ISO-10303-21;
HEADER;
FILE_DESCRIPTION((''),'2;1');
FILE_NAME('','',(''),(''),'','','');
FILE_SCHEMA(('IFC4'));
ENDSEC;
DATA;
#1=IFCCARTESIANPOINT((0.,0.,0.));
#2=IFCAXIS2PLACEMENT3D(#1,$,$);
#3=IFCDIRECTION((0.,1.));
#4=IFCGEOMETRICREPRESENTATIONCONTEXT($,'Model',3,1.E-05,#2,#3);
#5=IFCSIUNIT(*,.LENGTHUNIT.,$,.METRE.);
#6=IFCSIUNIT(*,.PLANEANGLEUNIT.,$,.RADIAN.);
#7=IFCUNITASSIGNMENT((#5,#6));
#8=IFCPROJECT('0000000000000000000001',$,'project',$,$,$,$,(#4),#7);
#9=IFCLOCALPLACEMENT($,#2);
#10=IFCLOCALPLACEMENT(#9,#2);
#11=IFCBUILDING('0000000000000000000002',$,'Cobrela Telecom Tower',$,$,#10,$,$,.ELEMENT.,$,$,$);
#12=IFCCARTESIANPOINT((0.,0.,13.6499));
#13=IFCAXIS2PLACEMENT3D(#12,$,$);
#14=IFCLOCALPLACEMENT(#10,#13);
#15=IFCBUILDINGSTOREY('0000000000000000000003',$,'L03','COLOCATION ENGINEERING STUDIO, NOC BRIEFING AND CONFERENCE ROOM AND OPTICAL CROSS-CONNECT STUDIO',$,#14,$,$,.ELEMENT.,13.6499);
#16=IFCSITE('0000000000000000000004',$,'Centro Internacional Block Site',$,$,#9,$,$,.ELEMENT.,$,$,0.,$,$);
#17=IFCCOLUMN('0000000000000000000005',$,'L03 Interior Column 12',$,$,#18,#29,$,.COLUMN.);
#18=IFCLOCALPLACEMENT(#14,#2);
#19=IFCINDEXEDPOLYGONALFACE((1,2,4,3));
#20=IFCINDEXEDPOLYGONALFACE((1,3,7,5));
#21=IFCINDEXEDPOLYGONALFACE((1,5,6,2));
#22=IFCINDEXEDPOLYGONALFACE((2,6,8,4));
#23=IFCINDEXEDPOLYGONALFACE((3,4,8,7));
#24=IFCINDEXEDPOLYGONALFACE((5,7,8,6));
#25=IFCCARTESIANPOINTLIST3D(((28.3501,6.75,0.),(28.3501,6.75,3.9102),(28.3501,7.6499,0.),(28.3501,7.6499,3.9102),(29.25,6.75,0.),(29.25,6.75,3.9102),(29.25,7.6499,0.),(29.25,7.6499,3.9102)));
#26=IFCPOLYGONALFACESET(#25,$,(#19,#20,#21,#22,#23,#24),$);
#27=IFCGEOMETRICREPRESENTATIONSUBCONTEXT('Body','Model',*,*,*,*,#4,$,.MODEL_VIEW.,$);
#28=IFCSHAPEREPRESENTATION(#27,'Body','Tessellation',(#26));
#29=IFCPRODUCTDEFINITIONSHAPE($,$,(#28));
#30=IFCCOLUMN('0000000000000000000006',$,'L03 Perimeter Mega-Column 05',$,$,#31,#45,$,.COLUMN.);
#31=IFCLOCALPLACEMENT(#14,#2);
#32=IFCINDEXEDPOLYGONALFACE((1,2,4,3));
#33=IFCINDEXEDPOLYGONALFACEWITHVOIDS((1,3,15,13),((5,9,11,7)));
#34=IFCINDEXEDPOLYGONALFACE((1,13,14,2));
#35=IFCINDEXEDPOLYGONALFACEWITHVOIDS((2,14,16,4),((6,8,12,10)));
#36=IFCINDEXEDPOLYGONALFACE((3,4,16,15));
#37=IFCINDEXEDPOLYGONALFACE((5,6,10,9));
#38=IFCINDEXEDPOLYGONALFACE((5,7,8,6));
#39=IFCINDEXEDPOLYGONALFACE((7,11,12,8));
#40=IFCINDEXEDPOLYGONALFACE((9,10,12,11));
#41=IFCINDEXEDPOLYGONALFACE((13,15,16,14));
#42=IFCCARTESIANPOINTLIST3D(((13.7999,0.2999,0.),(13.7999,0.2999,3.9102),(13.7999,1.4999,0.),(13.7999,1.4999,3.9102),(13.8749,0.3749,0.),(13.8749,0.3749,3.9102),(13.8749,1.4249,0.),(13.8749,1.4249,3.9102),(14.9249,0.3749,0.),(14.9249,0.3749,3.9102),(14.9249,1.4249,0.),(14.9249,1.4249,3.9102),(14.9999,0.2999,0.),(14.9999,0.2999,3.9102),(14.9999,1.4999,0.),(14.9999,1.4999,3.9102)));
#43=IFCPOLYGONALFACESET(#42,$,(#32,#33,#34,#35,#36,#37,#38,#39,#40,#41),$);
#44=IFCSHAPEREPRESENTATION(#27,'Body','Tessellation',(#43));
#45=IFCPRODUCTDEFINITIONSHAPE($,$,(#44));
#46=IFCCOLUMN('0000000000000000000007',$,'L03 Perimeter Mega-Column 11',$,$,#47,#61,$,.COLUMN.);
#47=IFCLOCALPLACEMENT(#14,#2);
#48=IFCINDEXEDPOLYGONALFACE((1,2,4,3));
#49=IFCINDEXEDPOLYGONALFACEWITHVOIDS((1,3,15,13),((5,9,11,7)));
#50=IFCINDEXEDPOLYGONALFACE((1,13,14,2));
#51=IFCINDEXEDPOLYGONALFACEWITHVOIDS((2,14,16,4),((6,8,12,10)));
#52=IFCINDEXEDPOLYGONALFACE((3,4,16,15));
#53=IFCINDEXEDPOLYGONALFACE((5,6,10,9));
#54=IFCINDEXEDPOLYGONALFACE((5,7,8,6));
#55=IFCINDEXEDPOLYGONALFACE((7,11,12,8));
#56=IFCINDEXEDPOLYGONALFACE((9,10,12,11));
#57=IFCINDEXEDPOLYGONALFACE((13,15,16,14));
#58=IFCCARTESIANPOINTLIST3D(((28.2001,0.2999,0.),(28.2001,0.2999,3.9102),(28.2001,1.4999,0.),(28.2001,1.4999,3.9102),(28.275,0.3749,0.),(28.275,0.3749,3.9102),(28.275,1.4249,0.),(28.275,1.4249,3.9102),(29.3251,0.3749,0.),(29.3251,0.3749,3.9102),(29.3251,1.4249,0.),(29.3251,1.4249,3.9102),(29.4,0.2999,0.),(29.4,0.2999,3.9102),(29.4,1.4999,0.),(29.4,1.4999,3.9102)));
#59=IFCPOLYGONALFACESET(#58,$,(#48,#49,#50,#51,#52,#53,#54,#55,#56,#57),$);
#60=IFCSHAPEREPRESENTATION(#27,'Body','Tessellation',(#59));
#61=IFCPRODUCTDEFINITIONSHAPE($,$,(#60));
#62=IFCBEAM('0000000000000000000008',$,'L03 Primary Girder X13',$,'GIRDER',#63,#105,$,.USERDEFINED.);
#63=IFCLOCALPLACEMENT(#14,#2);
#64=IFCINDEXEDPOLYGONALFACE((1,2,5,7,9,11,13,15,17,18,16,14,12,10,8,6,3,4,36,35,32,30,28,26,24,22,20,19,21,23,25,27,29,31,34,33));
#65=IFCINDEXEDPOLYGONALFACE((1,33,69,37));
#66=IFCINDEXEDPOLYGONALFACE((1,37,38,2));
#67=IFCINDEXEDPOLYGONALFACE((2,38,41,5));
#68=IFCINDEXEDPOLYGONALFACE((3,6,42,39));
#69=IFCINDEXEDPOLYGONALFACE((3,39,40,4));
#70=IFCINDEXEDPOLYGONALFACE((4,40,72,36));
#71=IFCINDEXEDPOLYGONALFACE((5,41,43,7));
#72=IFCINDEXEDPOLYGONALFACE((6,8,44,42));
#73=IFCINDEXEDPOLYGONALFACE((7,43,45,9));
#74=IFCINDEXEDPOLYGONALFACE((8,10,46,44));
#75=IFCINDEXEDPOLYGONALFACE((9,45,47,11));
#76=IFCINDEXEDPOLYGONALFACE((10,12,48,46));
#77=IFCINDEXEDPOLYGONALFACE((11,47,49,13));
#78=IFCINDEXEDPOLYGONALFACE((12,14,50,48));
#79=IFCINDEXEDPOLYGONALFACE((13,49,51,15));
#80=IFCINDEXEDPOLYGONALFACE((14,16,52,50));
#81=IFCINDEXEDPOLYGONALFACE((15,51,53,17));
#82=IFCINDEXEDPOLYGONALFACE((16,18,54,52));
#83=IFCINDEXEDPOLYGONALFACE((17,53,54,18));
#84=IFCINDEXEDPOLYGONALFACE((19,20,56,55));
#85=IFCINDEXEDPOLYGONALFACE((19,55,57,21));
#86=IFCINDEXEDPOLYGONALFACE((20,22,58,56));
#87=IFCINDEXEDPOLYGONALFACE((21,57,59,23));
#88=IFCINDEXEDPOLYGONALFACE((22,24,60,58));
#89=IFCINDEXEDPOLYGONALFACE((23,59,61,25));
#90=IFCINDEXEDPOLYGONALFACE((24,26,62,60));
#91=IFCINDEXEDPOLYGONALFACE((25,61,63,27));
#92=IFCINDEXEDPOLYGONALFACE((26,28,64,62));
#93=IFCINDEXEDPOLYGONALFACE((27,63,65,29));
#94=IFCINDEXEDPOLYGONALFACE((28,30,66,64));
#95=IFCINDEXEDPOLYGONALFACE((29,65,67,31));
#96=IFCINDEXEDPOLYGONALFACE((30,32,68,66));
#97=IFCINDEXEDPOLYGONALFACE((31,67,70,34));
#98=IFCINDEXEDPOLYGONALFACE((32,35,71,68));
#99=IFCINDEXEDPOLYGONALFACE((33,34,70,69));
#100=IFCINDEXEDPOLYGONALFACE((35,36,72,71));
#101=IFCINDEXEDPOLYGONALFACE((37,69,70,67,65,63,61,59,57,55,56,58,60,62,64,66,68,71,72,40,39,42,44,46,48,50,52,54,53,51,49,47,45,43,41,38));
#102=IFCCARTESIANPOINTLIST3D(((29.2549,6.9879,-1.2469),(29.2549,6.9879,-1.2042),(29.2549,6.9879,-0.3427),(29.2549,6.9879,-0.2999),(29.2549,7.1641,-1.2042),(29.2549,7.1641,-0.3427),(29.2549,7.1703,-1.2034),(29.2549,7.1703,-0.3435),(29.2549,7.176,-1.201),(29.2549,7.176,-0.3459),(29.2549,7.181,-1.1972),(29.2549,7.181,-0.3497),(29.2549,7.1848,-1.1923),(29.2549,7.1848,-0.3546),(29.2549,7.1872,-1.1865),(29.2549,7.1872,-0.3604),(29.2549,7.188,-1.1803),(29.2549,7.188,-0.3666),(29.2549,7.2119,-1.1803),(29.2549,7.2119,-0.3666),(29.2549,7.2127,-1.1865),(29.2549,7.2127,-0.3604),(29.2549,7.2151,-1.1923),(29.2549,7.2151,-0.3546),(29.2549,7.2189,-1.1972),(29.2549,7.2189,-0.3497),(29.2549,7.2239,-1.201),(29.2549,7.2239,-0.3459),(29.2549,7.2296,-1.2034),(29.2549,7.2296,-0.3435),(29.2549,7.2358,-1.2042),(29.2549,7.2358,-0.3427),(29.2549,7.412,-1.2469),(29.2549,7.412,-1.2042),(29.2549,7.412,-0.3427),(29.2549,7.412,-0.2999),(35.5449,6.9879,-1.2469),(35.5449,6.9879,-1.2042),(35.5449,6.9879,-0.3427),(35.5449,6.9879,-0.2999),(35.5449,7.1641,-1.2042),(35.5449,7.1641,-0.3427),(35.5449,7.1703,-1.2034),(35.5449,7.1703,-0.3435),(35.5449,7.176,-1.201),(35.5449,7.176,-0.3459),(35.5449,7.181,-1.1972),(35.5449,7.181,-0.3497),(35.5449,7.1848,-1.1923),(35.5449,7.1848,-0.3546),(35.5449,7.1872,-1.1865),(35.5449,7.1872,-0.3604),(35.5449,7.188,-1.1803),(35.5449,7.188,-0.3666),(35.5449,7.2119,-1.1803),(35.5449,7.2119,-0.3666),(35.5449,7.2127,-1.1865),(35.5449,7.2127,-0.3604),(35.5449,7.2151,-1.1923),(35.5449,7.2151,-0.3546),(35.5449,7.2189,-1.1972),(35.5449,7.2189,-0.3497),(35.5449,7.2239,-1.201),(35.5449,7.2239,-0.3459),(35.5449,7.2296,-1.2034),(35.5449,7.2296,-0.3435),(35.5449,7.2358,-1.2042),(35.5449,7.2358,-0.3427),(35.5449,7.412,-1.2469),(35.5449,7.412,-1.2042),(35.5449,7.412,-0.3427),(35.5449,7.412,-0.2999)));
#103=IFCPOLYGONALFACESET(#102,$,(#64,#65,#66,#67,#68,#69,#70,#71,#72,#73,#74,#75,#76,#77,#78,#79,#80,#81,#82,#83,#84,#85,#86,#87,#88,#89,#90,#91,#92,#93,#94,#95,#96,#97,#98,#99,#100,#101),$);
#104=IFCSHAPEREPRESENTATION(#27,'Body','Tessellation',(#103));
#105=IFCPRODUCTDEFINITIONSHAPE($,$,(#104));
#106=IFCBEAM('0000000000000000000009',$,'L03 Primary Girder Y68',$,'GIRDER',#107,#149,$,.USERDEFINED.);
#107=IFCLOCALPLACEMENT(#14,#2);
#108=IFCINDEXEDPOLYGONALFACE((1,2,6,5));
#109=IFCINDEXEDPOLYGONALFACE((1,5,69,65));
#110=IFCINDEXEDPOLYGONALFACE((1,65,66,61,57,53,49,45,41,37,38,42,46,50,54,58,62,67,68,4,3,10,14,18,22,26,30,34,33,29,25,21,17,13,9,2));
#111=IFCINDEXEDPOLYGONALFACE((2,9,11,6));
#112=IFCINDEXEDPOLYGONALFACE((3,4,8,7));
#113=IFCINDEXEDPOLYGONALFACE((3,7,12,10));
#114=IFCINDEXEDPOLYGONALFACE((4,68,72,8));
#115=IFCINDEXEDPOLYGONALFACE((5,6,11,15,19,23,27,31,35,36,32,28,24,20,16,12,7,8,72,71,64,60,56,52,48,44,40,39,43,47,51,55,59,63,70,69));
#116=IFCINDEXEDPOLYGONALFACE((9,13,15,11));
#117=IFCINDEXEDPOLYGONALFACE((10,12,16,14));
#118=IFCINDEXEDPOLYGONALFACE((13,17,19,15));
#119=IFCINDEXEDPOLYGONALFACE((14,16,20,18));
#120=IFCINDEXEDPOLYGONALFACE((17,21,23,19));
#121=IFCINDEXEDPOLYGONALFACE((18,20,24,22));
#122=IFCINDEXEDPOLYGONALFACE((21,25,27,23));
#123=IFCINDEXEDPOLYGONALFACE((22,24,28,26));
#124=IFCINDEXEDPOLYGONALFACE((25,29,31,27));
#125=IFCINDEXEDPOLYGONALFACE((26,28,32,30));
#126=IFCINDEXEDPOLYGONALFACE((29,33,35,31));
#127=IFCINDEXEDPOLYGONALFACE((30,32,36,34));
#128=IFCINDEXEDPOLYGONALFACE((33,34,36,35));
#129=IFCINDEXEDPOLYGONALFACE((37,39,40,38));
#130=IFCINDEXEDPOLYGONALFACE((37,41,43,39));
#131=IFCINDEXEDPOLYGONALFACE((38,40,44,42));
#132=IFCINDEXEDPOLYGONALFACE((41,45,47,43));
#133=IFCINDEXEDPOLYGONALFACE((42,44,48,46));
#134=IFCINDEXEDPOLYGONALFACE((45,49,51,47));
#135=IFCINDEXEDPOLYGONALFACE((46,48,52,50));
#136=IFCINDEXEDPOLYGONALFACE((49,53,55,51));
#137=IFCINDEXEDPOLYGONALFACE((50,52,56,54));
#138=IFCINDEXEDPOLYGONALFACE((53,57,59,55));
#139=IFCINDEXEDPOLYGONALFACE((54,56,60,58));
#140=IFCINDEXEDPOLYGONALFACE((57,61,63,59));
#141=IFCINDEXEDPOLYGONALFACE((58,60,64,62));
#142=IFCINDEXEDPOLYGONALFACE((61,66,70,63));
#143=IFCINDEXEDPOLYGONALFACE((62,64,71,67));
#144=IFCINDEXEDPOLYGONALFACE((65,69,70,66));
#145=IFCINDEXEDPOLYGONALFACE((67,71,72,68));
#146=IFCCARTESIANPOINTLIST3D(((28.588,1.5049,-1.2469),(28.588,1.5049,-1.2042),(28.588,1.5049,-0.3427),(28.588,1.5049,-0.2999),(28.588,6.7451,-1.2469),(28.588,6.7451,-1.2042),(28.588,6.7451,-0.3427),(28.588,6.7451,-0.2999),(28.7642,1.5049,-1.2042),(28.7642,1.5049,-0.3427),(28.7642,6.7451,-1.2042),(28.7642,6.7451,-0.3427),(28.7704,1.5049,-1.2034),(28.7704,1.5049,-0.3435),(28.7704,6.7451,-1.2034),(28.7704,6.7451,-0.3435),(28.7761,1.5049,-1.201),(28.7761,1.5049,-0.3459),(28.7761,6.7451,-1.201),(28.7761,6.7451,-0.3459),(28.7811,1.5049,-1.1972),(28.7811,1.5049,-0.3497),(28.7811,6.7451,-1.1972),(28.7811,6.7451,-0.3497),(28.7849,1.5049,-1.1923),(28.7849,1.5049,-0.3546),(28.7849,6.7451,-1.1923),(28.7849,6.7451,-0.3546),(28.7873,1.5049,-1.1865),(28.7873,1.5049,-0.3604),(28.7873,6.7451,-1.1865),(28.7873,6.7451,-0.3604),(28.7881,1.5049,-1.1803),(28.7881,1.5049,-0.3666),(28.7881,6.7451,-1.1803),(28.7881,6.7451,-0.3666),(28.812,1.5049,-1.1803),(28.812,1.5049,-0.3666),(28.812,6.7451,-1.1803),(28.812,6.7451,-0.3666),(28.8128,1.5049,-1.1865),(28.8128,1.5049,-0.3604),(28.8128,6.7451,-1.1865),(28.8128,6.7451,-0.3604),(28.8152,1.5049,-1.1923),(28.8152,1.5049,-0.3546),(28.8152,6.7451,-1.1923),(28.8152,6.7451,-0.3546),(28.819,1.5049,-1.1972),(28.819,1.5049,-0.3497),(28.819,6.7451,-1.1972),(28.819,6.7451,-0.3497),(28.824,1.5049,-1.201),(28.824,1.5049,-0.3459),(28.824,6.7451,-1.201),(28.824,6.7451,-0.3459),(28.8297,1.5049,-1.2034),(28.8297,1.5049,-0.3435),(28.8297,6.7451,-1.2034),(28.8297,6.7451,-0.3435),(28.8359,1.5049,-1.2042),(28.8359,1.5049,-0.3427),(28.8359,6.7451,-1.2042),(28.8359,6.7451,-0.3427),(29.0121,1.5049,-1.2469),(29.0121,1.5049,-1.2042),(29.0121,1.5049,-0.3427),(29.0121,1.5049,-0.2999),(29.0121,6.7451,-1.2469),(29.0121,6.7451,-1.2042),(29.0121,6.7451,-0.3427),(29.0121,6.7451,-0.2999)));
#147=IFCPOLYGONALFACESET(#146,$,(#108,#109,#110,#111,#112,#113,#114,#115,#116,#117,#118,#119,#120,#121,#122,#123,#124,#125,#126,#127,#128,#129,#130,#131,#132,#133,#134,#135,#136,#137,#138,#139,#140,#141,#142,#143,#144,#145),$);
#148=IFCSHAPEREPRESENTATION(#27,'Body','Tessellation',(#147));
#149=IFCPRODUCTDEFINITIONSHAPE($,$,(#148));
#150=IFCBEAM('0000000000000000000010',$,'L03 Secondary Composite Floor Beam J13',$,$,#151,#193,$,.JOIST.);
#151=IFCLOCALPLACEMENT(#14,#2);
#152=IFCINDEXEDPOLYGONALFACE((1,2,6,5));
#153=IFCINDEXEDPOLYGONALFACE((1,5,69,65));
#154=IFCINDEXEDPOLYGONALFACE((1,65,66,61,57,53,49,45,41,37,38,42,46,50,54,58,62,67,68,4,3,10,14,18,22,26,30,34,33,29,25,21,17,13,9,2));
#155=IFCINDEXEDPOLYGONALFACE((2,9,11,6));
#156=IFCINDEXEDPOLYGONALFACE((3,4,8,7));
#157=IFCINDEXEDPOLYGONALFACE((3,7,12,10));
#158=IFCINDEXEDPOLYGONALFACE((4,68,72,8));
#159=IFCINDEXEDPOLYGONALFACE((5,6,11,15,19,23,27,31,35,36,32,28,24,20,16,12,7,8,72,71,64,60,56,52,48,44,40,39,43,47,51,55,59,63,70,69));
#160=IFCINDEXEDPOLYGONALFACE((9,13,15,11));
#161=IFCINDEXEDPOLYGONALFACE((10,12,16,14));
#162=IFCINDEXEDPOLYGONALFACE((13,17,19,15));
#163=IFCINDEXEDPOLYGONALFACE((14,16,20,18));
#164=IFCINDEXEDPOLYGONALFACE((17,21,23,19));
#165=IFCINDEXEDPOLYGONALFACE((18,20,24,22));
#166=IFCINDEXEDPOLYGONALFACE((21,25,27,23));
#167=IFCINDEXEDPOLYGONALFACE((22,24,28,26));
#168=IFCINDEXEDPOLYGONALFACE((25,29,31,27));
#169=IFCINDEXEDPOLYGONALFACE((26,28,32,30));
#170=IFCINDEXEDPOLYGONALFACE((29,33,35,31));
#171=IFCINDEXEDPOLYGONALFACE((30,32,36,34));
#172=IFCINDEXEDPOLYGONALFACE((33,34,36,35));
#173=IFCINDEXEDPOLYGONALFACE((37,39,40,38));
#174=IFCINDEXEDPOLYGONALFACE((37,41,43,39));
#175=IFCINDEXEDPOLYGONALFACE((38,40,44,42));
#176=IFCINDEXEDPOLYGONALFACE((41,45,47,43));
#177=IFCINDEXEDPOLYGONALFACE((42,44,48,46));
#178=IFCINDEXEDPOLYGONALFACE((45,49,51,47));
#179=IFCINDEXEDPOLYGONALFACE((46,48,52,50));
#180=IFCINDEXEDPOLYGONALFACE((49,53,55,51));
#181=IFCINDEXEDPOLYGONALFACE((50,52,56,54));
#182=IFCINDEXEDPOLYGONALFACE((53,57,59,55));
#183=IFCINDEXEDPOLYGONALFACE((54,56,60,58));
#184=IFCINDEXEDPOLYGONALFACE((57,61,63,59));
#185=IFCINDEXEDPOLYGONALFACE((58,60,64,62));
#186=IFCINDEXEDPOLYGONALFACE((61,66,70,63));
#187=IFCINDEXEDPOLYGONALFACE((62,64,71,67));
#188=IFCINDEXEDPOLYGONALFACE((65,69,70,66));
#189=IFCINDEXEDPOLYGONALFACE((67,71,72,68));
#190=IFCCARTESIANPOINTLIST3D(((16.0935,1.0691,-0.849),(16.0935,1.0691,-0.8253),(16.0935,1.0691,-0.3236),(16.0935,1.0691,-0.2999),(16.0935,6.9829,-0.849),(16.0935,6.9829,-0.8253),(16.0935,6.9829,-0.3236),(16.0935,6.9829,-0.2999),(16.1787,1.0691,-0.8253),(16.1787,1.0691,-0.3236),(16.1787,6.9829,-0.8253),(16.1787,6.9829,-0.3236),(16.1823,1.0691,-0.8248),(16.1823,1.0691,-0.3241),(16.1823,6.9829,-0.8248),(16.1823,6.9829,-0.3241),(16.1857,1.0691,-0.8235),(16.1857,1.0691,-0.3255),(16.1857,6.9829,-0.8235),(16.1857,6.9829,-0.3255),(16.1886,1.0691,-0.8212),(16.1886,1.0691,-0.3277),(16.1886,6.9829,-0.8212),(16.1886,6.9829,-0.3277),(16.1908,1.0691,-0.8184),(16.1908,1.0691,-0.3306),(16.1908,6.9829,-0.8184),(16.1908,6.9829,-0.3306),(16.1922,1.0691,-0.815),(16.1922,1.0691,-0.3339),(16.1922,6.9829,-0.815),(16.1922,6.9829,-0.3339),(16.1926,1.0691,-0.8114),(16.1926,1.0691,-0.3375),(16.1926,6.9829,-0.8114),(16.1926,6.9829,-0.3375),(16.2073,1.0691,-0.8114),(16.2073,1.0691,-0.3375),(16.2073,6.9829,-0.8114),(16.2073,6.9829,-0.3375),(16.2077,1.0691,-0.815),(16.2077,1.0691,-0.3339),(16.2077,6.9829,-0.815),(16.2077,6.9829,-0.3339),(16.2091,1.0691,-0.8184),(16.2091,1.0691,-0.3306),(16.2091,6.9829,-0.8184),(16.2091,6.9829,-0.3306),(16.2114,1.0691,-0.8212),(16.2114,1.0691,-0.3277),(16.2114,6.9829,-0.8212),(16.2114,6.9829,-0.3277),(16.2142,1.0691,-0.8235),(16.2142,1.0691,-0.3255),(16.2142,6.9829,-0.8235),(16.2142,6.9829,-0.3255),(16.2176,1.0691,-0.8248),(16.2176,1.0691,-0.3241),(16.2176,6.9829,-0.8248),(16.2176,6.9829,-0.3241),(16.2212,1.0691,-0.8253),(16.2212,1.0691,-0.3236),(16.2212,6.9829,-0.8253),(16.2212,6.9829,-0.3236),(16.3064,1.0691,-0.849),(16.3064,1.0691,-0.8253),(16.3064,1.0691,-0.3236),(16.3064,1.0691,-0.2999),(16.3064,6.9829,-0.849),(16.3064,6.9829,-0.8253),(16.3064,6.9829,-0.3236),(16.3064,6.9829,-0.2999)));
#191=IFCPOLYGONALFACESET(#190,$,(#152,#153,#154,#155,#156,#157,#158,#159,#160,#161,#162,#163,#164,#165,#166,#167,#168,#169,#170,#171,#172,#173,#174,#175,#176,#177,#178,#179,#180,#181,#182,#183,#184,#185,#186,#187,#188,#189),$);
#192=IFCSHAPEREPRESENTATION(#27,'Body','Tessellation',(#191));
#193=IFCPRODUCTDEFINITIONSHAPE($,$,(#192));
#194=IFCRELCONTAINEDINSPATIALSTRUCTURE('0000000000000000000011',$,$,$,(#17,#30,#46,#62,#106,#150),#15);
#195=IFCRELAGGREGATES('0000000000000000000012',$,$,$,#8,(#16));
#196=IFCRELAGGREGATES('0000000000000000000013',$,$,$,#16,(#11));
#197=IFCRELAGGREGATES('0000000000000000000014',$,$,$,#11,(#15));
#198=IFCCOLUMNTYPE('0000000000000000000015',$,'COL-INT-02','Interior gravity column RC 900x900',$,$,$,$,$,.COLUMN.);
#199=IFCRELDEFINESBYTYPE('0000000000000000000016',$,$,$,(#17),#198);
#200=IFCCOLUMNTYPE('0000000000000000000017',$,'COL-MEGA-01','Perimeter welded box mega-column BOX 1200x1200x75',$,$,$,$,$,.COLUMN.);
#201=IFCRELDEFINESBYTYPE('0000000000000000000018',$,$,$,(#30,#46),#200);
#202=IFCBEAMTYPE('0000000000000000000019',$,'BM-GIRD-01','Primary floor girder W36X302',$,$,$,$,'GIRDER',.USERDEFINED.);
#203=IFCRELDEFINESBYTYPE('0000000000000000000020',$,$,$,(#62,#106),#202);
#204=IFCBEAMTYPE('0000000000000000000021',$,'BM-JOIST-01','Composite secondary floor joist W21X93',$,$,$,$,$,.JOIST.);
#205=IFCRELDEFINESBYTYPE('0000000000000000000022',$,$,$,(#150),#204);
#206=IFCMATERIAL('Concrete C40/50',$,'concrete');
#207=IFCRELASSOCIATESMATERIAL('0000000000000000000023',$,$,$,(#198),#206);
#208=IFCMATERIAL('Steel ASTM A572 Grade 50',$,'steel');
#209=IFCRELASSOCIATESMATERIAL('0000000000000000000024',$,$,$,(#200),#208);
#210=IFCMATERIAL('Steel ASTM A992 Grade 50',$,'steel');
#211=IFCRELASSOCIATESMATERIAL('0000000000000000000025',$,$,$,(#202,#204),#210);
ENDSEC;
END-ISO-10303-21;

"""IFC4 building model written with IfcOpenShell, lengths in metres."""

from ifc_helpers import new_model, si_unit, direction, frame, origin, origin_2d, place, context, subcontext, project, spatial, rectangle, hollow_rectangle, i_section, extrude, material, material_profile, profile_set, type_object, element, save


model = new_model("IFC4")

# Units and contexts
model_context = context("Model", 3, precision=1e-05, world=origin(), true_north=direction((0.0, 1.0)))
body_context = subcontext(model_context, "Body", "Model", "MODEL_VIEW")
ifc_project = project(units=[si_unit("LENGTHUNIT", "METRE"), si_unit("PLANEANGLEUNIT", "RADIAN")], contexts=[model_context])

# Site, building, storey
site_placement = place(None, origin())
site = spatial("IfcSite", under=ifc_project, at=site_placement, Name="Centro Internacional Block Site", CompositionType="ELEMENT", RefElevation=0.0)
building_placement = place(site_placement, origin())
building = spatial("IfcBuilding", under=site, at=building_placement, Name="Cobrela Telecom Tower", CompositionType="ELEMENT")
storey_placement = place(building_placement, frame((0.0, 0.0, 13.6499)))
storey = spatial("IfcBuildingStorey", under=building, at=storey_placement, Name="L03", Description="COLOCATION ENGINEERING STUDIO, NOC BRIEFING AND CONFERENCE ROOM AND OPTICAL CROSS-CONNECT STUDIO", CompositionType="ELEMENT", Elevation=13.6499)

# Columns
ifc_material_1 = material(Name="Concrete C40/50", Category="concrete")
ifc_material_profile_1 = material_profile(ifc_material_1, rectangle(XDim=0.8999, YDim=0.8999, at=origin_2d()), Name="RC 900x900")
ifc_profile_set_1 = profile_set([ifc_material_profile_1], Name="Concrete C40/50")
column_type_1 = type_object("IfcColumnType", Name="COL-INT-02", Description="Interior gravity column RC 900x900", PredefinedType="COLUMN", material=ifc_profile_set_1)
column_placement = place(storey_placement, frame((28.8, 7.2, 0.0), z_axis=(0.0, 0.0, 1.0), x_axis=(1.0, 0.0, 0.0)))
element("IfcColumn", 1, at=column_placement, inside=storey, type_object=column_type_1, Name="L03 Interior Column 12", PredefinedType="COLUMN", context=body_context, shape_type="SweptSolid", body=[
    extrude(rectangle(XDim=0.8999, YDim=0.8999, at=origin_2d()), origin(), (0.0, 0.0, 1.0), 3.9102),
])
ifc_material_2 = material(Name="Steel ASTM A572 Grade 50", Category="steel")
ifc_material_profile_2 = material_profile(ifc_material_2, hollow_rectangle(XDim=1.2, YDim=1.2, WallThickness=0.075, at=origin_2d()), Name="BOX 1200x1200x75")
ifc_profile_set_2 = profile_set([ifc_material_profile_2], Name="Steel ASTM A572 Grade 50")
column_type_2 = type_object("IfcColumnType", Name="COL-MEGA-01", Description="Perimeter welded box mega-column BOX 1200x1200x75", PredefinedType="COLUMN", material=ifc_profile_set_2)
for number, where, z_axis, x_axis, name in (
    (2, (14.3999, 0.8999, 0.0), (0.0, 0.0, 1.0), (1.0, 0.0, 0.0), "L03 Perimeter Mega-Column 05"),
    (3, (28.8, 0.8999, 0.0), (0.0, 0.0, 1.0), (1.0, 0.0, 0.0), "L03 Perimeter Mega-Column 11"),
):
    element("IfcColumn", number, at=place(storey_placement, frame(where, z_axis=z_axis, x_axis=x_axis)), inside=storey, type_object=column_type_2, Name=name, PredefinedType="COLUMN", context=body_context, shape_type="SweptSolid", body=[
        extrude(hollow_rectangle(XDim=1.2, YDim=1.2, WallThickness=0.075, at=origin_2d()), origin(), (0.0, 0.0, 1.0), 3.9102),
    ])

# Beams
ifc_material_3 = material(Name="Steel ASTM A992 Grade 50", Category="steel")
ifc_material_profile_3 = material_profile(ifc_material_3, i_section(OverallWidth=0.4241, OverallDepth=0.947, WebThickness=0.0239, FlangeThickness=0.0427, FilletRadius=0.0239, at=origin_2d()), Name="W36X302")
ifc_profile_set_3 = profile_set([ifc_material_profile_3], Name="Steel ASTM A992 Grade 50")
beam_type_1 = type_object("IfcBeamType", Name="BM-GIRD-01", Description="Primary floor girder W36X302", ElementType="GIRDER", PredefinedType="USERDEFINED", material=ifc_profile_set_3)
beam_1_placement = place(storey_placement, frame((29.2549, 7.2, -0.7734), z_axis=(1.0, 0.0, 0.0), x_axis=(0.0, 1.0, 0.0)))
element("IfcBeam", 4, at=beam_1_placement, inside=storey, type_object=beam_type_1, Name="L03 Primary Girder X13", ObjectType="GIRDER", PredefinedType="USERDEFINED", context=body_context, shape_type="SweptSolid", body=[
    extrude(i_section(OverallWidth=0.4241, OverallDepth=0.947, WebThickness=0.0239, FlangeThickness=0.0427, FilletRadius=0.0239, at=origin_2d()), origin(), (0.0, 0.0, 1.0), 6.29),
])
beam_2_placement = place(storey_placement, frame((28.8, 1.5049, -0.7734), z_axis=(0.0, 1.0, 0.0), x_axis=(-1.0, 0.0, 0.0)))
element("IfcBeam", 5, at=beam_2_placement, inside=storey, type_object=beam_type_1, Name="L03 Primary Girder Y68", ObjectType="GIRDER", PredefinedType="USERDEFINED", context=body_context, shape_type="SweptSolid", body=[
    extrude(i_section(OverallWidth=0.4241, OverallDepth=0.947, WebThickness=0.0239, FlangeThickness=0.0427, FilletRadius=0.0239, at=origin_2d()), origin(), (0.0, 0.0, 1.0), 5.2402),
])
ifc_material_profile_4 = material_profile(ifc_material_3, i_section(OverallWidth=0.2129, OverallDepth=0.5491, WebThickness=0.0146, FlangeThickness=0.0237, FilletRadius=0.0139, at=origin_2d()), Name="W21X93")
ifc_profile_set_4 = profile_set([ifc_material_profile_4], Name="Steel ASTM A992 Grade 50")
beam_type_2 = type_object("IfcBeamType", Name="BM-JOIST-01", Description="Composite secondary floor joist W21X93", PredefinedType="JOIST", material=ifc_profile_set_4)
beam_3_placement = place(storey_placement, frame((16.2, 1.0691, -0.5745), z_axis=(0.0, 1.0, 0.0), x_axis=(-1.0, 0.0, 0.0)))
element("IfcBeam", 6, at=beam_3_placement, inside=storey, type_object=beam_type_2, Name="L03 Secondary Composite Floor Beam J13", PredefinedType="JOIST", context=body_context, shape_type="SweptSolid", body=[
    extrude(i_section(OverallWidth=0.2129, OverallDepth=0.5491, WebThickness=0.0146, FlangeThickness=0.0237, FilletRadius=0.0139, at=origin_2d()), origin(), (0.0, 0.0, 1.0), 5.9138),
])

save(model, "model.ifc")
